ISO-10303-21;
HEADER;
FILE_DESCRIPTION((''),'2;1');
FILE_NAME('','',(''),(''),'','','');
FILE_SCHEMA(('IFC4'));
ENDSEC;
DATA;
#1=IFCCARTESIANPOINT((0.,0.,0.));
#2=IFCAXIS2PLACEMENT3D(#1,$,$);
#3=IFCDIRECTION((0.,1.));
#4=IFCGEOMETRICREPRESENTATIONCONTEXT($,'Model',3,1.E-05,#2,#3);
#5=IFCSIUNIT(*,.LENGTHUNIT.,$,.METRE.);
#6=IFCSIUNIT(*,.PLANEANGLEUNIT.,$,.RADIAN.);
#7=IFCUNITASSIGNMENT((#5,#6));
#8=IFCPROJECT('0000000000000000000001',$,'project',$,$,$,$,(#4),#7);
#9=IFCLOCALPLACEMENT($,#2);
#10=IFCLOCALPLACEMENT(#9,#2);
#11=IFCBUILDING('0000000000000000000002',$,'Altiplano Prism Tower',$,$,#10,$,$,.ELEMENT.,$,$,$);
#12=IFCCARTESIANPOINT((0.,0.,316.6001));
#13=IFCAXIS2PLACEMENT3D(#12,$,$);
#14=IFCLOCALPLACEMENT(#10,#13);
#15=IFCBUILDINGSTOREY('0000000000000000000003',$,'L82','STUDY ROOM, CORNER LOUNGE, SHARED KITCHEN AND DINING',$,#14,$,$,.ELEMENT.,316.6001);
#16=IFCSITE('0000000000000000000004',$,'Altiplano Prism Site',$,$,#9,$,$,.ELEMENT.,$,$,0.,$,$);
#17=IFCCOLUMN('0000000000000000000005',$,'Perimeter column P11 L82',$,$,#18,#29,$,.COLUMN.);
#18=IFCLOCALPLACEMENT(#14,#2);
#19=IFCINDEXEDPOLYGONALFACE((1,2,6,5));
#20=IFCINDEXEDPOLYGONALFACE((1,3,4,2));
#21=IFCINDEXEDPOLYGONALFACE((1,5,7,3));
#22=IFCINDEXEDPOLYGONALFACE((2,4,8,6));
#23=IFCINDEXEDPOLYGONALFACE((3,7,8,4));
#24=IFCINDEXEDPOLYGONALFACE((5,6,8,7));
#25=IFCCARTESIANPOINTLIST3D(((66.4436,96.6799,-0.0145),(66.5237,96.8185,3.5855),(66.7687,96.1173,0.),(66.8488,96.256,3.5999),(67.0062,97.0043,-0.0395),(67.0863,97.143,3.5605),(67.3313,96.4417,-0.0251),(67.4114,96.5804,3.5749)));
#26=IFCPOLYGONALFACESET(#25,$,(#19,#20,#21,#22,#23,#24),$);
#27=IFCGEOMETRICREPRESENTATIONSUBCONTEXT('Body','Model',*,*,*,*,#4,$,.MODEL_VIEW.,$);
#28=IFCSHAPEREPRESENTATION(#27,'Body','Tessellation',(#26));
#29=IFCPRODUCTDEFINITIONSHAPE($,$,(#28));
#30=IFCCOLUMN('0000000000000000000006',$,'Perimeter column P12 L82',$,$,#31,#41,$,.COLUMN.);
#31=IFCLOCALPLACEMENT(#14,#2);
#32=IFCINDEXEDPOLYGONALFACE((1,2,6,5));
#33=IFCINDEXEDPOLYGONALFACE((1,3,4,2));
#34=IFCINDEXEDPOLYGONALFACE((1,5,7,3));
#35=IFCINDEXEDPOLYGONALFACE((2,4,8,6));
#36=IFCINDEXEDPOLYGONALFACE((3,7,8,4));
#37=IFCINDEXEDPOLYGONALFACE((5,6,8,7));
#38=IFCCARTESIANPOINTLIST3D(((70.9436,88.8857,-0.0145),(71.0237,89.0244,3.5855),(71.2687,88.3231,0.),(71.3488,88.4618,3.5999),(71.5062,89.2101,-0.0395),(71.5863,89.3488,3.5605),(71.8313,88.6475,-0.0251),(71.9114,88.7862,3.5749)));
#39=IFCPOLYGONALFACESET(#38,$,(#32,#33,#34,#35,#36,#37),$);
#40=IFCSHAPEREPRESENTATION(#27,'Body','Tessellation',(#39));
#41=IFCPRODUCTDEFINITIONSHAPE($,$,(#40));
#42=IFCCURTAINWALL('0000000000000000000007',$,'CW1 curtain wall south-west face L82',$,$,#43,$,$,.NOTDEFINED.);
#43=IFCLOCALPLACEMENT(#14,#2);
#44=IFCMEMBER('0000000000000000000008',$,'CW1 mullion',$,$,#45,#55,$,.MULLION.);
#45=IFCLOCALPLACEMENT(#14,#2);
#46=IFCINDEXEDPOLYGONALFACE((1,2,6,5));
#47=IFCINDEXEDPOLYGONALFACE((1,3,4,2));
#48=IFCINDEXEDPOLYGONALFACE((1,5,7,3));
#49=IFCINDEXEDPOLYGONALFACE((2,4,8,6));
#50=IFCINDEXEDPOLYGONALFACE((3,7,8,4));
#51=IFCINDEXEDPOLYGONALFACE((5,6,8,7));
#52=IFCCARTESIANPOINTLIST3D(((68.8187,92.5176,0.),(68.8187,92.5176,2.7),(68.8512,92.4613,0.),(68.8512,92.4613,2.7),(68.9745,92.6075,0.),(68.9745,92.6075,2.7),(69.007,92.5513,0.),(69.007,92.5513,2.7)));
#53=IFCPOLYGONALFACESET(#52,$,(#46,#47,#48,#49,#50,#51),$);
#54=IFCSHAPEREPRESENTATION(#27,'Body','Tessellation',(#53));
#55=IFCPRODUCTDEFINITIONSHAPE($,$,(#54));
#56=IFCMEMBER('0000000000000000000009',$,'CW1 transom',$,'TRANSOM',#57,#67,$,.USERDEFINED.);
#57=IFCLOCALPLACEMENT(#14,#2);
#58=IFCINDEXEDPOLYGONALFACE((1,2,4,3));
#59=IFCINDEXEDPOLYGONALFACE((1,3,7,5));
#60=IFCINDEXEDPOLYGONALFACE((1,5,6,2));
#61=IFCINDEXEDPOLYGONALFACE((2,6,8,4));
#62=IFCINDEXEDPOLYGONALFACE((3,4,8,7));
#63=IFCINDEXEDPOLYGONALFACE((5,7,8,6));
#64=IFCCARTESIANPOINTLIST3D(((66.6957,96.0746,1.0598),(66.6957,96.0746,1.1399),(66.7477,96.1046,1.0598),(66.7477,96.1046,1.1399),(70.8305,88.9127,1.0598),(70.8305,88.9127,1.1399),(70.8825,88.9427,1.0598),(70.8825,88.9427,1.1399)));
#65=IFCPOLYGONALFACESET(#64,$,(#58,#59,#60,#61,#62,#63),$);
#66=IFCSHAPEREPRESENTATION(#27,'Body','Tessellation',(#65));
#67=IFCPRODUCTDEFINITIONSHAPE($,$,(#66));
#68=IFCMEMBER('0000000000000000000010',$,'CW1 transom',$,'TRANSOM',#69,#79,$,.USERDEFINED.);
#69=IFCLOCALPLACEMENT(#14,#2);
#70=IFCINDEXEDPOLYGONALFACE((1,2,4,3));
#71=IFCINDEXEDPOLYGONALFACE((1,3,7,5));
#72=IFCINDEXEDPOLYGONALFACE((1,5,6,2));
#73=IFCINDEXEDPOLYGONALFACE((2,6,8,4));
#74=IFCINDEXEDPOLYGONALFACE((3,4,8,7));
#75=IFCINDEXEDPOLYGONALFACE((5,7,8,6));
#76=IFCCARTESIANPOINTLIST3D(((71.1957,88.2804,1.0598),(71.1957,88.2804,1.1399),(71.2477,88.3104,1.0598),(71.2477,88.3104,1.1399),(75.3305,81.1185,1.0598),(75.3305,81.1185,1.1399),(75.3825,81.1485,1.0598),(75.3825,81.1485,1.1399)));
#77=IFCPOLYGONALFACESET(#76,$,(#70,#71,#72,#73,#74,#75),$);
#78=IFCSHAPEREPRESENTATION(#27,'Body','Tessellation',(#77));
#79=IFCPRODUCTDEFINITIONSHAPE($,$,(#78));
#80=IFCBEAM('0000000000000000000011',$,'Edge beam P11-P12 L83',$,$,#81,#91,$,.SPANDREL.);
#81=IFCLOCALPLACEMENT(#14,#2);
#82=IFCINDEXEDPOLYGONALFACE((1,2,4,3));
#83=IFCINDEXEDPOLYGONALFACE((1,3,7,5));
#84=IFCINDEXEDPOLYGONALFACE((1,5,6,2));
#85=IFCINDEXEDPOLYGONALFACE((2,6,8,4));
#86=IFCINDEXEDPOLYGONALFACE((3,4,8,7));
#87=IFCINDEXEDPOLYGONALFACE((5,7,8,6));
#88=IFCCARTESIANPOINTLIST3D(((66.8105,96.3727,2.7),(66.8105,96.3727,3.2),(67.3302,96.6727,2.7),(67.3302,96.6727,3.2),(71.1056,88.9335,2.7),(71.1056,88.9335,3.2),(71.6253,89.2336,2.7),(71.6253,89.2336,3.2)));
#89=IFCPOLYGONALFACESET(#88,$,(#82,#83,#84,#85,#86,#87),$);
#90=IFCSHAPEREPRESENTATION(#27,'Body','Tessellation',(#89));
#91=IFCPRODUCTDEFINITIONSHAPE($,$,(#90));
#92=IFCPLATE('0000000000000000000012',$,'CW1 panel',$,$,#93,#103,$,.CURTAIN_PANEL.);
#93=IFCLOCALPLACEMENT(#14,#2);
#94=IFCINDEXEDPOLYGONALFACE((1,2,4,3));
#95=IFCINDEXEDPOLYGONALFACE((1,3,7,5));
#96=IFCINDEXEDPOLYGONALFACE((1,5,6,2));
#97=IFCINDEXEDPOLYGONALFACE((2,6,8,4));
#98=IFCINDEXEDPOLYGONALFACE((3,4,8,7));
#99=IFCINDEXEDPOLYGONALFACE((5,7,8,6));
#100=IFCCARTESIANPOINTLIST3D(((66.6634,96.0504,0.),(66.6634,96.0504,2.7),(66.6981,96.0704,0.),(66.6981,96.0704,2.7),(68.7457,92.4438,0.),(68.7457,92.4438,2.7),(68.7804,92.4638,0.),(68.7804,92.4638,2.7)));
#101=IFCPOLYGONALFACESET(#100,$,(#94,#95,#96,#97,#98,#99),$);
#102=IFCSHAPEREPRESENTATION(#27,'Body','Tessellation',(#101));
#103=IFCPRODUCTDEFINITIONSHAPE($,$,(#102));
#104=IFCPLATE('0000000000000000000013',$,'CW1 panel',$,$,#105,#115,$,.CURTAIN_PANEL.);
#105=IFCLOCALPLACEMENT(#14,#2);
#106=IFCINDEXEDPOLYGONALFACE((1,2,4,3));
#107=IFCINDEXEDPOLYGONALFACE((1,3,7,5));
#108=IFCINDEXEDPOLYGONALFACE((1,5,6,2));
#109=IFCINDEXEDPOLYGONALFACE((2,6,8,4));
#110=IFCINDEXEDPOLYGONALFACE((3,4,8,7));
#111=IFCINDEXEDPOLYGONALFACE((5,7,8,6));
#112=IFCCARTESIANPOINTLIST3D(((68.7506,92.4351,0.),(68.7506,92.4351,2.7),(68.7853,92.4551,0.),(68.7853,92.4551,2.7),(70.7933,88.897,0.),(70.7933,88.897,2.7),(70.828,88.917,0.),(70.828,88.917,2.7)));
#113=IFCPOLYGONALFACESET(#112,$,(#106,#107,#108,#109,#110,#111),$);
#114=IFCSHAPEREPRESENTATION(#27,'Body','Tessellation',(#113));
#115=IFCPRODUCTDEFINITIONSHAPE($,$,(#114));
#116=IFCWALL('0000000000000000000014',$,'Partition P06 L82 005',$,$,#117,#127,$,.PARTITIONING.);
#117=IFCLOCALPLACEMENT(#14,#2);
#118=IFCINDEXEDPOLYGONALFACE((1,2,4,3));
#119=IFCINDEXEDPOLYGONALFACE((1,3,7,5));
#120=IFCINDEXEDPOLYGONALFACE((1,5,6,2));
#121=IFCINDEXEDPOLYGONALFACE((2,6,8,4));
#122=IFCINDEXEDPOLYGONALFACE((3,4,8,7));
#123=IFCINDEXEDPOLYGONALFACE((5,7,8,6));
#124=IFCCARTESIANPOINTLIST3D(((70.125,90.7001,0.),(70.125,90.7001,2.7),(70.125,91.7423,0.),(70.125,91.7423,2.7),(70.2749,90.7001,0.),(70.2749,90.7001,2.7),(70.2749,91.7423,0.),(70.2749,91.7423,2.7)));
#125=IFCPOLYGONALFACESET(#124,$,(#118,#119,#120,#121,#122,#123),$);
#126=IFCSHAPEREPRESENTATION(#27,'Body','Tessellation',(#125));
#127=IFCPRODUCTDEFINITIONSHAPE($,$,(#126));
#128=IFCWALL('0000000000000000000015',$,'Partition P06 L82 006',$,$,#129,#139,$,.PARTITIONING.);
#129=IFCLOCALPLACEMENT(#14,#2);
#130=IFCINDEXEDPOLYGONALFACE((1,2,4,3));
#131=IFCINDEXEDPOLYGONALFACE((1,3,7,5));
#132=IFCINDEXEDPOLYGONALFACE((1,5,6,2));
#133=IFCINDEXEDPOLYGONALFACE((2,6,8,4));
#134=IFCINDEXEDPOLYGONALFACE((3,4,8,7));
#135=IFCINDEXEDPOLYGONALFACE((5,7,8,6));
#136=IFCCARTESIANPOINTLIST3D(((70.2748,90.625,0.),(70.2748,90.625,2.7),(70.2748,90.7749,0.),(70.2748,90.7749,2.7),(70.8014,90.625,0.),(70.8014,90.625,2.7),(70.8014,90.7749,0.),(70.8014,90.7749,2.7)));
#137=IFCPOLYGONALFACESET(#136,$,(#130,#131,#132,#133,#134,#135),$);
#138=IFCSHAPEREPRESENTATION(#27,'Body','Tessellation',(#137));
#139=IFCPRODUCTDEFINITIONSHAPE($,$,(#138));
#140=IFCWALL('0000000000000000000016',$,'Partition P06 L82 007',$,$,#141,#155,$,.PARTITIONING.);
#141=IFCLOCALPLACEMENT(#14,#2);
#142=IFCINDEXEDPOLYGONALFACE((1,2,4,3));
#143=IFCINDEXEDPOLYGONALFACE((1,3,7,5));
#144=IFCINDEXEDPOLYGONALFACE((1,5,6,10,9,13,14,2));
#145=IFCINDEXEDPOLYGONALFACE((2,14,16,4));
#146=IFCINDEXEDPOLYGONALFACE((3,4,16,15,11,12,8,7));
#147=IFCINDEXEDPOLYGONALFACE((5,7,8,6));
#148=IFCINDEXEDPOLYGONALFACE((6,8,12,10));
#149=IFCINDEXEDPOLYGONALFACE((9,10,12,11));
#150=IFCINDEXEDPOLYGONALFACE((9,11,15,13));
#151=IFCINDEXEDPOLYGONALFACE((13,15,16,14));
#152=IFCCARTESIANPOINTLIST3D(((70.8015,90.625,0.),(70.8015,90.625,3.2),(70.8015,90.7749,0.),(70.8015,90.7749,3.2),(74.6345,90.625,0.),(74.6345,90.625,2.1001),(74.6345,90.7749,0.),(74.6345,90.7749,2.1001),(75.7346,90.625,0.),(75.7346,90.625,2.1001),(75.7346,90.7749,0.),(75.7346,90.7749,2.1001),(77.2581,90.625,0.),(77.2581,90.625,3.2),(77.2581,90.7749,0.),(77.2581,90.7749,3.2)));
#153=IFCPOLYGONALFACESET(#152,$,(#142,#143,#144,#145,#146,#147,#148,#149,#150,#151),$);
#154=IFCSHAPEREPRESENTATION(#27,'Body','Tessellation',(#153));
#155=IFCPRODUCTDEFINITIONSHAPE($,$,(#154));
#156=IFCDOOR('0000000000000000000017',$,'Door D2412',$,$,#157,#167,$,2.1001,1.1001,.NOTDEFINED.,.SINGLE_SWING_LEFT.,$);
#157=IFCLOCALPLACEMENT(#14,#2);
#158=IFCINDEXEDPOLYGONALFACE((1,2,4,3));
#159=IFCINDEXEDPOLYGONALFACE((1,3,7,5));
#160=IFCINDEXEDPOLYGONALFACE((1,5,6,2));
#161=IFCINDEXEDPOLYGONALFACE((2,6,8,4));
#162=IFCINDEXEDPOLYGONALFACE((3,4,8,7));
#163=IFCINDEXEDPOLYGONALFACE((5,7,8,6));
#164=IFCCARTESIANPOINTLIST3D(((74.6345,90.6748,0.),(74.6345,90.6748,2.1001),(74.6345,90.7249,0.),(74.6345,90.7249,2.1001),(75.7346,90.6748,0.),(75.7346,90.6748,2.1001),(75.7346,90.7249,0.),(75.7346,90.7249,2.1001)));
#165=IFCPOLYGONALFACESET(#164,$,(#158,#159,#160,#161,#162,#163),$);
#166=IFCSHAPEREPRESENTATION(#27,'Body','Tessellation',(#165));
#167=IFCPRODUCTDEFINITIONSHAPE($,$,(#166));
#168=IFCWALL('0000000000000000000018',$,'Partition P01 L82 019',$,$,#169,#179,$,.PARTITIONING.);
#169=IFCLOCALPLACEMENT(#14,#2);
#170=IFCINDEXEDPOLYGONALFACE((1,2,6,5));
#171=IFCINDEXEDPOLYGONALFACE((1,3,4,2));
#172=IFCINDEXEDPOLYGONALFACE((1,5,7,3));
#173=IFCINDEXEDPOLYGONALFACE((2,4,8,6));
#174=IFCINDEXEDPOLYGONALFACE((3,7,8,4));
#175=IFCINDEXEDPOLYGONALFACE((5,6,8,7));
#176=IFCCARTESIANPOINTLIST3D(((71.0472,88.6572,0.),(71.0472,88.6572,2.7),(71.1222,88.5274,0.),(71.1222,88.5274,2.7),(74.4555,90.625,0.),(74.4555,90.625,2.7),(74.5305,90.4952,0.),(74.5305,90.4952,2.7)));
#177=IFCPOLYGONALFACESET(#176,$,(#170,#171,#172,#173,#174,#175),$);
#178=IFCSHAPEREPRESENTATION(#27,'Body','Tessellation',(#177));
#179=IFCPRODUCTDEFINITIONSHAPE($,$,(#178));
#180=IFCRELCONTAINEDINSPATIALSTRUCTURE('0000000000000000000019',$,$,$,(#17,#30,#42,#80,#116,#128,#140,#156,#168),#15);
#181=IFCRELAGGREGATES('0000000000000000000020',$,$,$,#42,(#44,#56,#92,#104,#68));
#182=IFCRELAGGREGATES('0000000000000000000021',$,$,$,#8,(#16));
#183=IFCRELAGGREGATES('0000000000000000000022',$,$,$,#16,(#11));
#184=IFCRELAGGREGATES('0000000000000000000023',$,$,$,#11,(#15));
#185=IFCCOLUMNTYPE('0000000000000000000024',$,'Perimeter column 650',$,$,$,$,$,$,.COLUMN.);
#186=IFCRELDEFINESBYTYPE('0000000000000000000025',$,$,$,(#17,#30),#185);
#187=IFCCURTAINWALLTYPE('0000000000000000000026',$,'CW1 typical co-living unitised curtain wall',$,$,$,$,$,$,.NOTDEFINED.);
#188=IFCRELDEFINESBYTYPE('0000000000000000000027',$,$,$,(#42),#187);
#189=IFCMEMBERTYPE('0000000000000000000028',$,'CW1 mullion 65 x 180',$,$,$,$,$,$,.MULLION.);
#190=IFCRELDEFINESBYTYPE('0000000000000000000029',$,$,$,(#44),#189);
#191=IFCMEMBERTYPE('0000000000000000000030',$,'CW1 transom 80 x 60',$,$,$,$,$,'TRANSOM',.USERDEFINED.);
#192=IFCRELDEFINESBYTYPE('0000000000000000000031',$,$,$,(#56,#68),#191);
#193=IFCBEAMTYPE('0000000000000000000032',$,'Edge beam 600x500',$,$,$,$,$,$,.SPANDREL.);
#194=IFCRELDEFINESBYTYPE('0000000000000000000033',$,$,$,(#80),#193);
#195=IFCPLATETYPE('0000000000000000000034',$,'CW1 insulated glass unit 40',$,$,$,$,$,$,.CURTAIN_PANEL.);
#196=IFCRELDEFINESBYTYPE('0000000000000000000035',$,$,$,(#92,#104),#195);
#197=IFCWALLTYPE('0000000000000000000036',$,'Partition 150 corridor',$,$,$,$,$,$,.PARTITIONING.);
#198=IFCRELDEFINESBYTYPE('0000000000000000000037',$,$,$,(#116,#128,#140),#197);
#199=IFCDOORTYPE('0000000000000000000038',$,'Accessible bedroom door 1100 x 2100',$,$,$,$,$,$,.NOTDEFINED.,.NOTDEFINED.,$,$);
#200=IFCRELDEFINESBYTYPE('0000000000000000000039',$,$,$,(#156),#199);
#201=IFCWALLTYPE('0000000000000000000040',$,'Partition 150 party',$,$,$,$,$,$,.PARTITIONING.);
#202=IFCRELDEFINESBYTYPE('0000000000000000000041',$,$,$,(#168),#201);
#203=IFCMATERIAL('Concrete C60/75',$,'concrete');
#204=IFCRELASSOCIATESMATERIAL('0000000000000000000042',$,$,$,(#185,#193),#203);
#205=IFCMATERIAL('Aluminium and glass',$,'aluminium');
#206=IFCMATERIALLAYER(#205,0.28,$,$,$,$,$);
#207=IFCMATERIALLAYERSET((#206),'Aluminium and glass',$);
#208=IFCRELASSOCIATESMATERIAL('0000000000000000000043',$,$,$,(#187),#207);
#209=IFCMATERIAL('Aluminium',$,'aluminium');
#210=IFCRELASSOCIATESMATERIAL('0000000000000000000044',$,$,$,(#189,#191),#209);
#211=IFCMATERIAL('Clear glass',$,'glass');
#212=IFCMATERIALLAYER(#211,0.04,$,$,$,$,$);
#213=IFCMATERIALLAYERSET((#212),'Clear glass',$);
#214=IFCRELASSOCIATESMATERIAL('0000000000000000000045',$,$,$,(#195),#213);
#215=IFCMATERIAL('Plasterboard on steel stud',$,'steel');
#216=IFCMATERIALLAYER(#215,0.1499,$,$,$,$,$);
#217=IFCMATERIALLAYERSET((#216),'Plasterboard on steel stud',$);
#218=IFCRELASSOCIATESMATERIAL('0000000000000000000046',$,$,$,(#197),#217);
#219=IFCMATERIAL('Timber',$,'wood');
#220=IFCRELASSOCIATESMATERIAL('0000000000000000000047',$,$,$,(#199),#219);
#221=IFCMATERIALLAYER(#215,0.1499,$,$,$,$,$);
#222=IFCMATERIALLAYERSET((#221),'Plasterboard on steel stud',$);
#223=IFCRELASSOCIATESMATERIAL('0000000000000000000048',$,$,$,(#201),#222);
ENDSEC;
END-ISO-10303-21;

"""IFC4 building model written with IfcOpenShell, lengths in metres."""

from ifc_helpers import new_model, si_unit, direction, frame, frame_2d, origin, origin_2d, place, context, subcontext, project, spatial, rectangle, extrude, material, layer, layer_set, material_profile, profile_set, type_object, element, fill, aggregate, save


model = new_model("IFC4")

# Units and contexts
model_context = context("Model", 3, precision=1e-05, world=origin(), true_north=direction((0.0, 1.0)))
body_context = subcontext(model_context, "Body", "Model", "MODEL_VIEW")
ifc_project = project(units=[si_unit("LENGTHUNIT", "METRE"), si_unit("PLANEANGLEUNIT", "RADIAN")], contexts=[model_context])

# Site, building, storey
site_placement = place(None, origin())
site = spatial("IfcSite", under=ifc_project, at=site_placement, Name="Altiplano Prism Site", CompositionType="ELEMENT", RefElevation=0.0)
building_placement = place(site_placement, origin())
building = spatial("IfcBuilding", under=site, at=building_placement, Name="Altiplano Prism Tower", CompositionType="ELEMENT")
storey_placement = place(building_placement, frame((0.0, 0.0, 316.6001)))
storey = spatial("IfcBuildingStorey", under=building, at=storey_placement, Name="L82", Description="STUDY ROOM, CORNER LOUNGE, SHARED KITCHEN AND DINING", CompositionType="ELEMENT", Elevation=316.6001)

# Columns
ifc_material_1 = material(Name="Concrete C60/75", Category="concrete")
ifc_material_profile_1 = material_profile(ifc_material_1, rectangle(XDim=0.6499, YDim=0.6499, at=origin_2d()), Name="Perimeter column 650")
ifc_profile_set_1 = profile_set([ifc_material_profile_1], Name="Concrete C60/75")
column_type = type_object("IfcColumnType", Name="Perimeter column 650", PredefinedType="COLUMN", material=ifc_profile_set_1)
for number, where, z_axis, x_axis, name in (
    (1, (66.8875, 96.5608, -0.0198), (0.022223, 0.038483, 0.999012), (-0.865639, -0.499187, 0.038485), "Perimeter column P11 L82"),
    (2, (71.3875, 88.7666, -0.0198), (0.022223, 0.038483, 0.999012), (-0.865639, -0.499187, 0.038485), "Perimeter column P12 L82"),
):
    element("IfcColumn", number, at=place(storey_placement, frame(where, z_axis=z_axis, x_axis=x_axis)), inside=storey, type_object=column_type, Name=name, PredefinedType="COLUMN", context=body_context, shape_type="SweptSolid", body=[
        extrude(rectangle(XDim=0.6499, YDim=0.6499, at=origin_2d()), origin(), (0.0, 0.0, 1.0), 3.6035),
    ])

# Curtain wall, members
ifc_material_2 = material(Name="Aluminium and glass", Category="aluminium")
ifc_layer_1 = layer(ifc_material_2, 0.28)
ifc_layer_set_1 = layer_set([ifc_layer_1], Name="Aluminium and glass")
curtain_wall_type = type_object("IfcCurtainWallType", Name="CW1 typical co-living unitised curtain wall", PredefinedType="NOTDEFINED", material=ifc_layer_set_1)
curtain_wall_placement = place(storey_placement, origin())
curtain_wall = element("IfcCurtainWall", 3, at=curtain_wall_placement, inside=storey, type_object=curtain_wall_type, Name="CW1 curtain wall south-west face L82", PredefinedType="NOTDEFINED")
ifc_material_3 = material(Name="Aluminium", Category="aluminium")
ifc_material_profile_2 = material_profile(ifc_material_3, rectangle(XDim=0.1799, YDim=0.0649, at=origin_2d()), Name="CW1 mullion 65 x 180")
ifc_profile_set_2 = profile_set([ifc_material_profile_2], Name="Aluminium")
member_type_1 = type_object("IfcMemberType", Name="CW1 mullion 65 x 180", PredefinedType="MULLION", material=ifc_profile_set_2)
member_1_placement = place(storey_placement, frame((68.9128, 92.5344, 0.0), z_axis=(0.0, 0.0, 1.0), x_axis=(0.866025, 0.5, 0.0)))
member_1 = element("IfcMember", 4, at=member_1_placement, type_object=member_type_1, Name="CW1 mullion", PredefinedType="MULLION", context=body_context, shape_type="SweptSolid", body=[
    extrude(rectangle(XDim=0.1799, YDim=0.0649, at=origin_2d()), origin(), (0.0, 0.0, 1.0), 2.7),
])
ifc_material_profile_3 = material_profile(ifc_material_3, rectangle(XDim=0.0601, YDim=0.0801, at=origin_2d()), Name="CW1 transom 80 x 60")
ifc_profile_set_3 = profile_set([ifc_material_profile_3], Name="Aluminium")
member_type_2 = type_object("IfcMemberType", Name="CW1 transom 80 x 60", ElementType="TRANSOM", PredefinedType="USERDEFINED", material=ifc_profile_set_3)
member_2_placement = place(storey_placement, frame((66.7217, 96.0896, 1.0999), z_axis=(0.499987, -0.866033, 0.0), x_axis=(0.866033, 0.499987, 0.0)))
member_2 = element("IfcMember", 5, at=member_2_placement, type_object=member_type_2, Name="CW1 transom", ObjectType="TRANSOM", PredefinedType="USERDEFINED", context=body_context, shape_type="SweptSolid", body=[
    extrude(rectangle(XDim=0.0601, YDim=0.0801, at=origin_2d()), origin(), (0.0, 0.0, 1.0), 8.2698),
])
member_3_placement = place(storey_placement, frame((71.2217, 88.2954, 1.0999), z_axis=(0.499987, -0.866033, 0.0), x_axis=(0.866033, 0.499987, 0.0)))
member_3 = element("IfcMember", 6, at=member_3_placement, type_object=member_type_2, Name="CW1 transom", ObjectType="TRANSOM", PredefinedType="USERDEFINED", context=body_context, shape_type="SweptSolid", body=[
    extrude(rectangle(XDim=0.0601, YDim=0.0801, at=origin_2d()), origin(), (0.0, 0.0, 1.0), 8.2698),
])

# Beam
ifc_material_profile_4 = material_profile(ifc_material_1, rectangle(XDim=0.6001, YDim=0.5, at=origin_2d()), Name="Edge beam 600x500")
ifc_profile_set_4 = profile_set([ifc_material_profile_4], Name="Concrete C60/75")
beam_type = type_object("IfcBeamType", Name="Edge beam 600x500", PredefinedType="SPANDREL", material=ifc_profile_set_4)
beam_placement = place(storey_placement, frame((67.0703, 96.5227, 2.95), z_axis=(0.500012, -0.866019, 0.0), x_axis=(0.866019, 0.500012, 0.0)))
element("IfcBeam", 7, at=beam_placement, inside=storey, type_object=beam_type, Name="Edge beam P11-P12 L83", PredefinedType="SPANDREL", context=body_context, shape_type="SweptSolid", body=[
    extrude(rectangle(XDim=0.6001, YDim=0.5, at=origin_2d()), origin(), (0.0, 0.0, 1.0), 8.5901),
])

# Plates
ifc_material_4 = material(Name="Clear glass", Category="glass")
ifc_layer_2 = layer(ifc_material_4, 0.04)
ifc_layer_set_2 = layer_set([ifc_layer_2], Name="Clear glass")
plate_type = type_object("IfcPlateType", Name="CW1 insulated glass unit 40", PredefinedType="CURTAIN_PANEL", material=ifc_layer_set_2)
plate_1_placement = place(storey_placement, frame((67.7219, 94.2571, 0.0), z_axis=(0.0, 0.0, 1.0), x_axis=(0.5, -0.866025, 0.0)))
plate_1 = element("IfcPlate", 8, at=plate_1_placement, type_object=plate_type, Name="CW1 panel", PredefinedType="CURTAIN_PANEL", context=body_context, shape_type="SweptSolid", body=[
    extrude(rectangle(XDim=4.1646, YDim=0.04, at=origin_2d()), origin(), (0.0, 0.0, 1.0), 2.7),
])
plate_2_placement = place(storey_placement, frame((69.7893, 90.676, 0.0), z_axis=(0.0, 0.0, 1.0), x_axis=(0.5, -0.866025, 0.0)))
plate_2 = element("IfcPlate", 9, at=plate_2_placement, type_object=plate_type, Name="CW1 panel", PredefinedType="CURTAIN_PANEL", context=body_context, shape_type="SweptSolid", body=[
    extrude(rectangle(XDim=4.0854, YDim=0.04, at=origin_2d()), origin(), (0.0, 0.0, 1.0), 2.7),
])
aggregate(curtain_wall, [member_1, member_2, plate_1, plate_2, member_3])

# Walls
ifc_material_5 = material(Name="Plasterboard on steel stud", Category="steel")
ifc_layer_3 = layer(ifc_material_5, 0.1499)
ifc_layer_set_3 = layer_set([ifc_layer_3], Name="Plasterboard on steel stud")
wall_type_1 = type_object("IfcWallType", Name="Partition 150 corridor", PredefinedType="PARTITIONING", material=ifc_layer_set_3)
wall_1_placement = place(storey_placement, frame((70.2, 91.7422, 0.0), z_axis=(0.0, 0.0, 1.0), x_axis=(0.0, -1.0, 0.0)))
element("IfcWall", 10, at=wall_1_placement, inside=storey, type_object=wall_type_1, Name="Partition P06 L82 005", PredefinedType="PARTITIONING", context=body_context, shape_type="SweptSolid", body=[
    extrude(rectangle(XDim=1.0422, YDim=0.1499, at=frame_2d((0.521, 0.0))), origin(), (0.0, 0.0, 1.0), 2.7),
])
wall_2_placement = place(storey_placement, frame((70.2749, 90.7, 0.0), z_axis=(0.0, 0.0, 1.0), x_axis=(1.0, 0.0, 0.0)))
element("IfcWall", 11, at=wall_2_placement, inside=storey, type_object=wall_type_1, Name="Partition P06 L82 006", PredefinedType="PARTITIONING", context=body_context, shape_type="SweptSolid", body=[
    extrude(rectangle(XDim=0.5266, YDim=0.1499, at=frame_2d((0.2632, 0.0))), origin(), (0.0, 0.0, 1.0), 2.7),
])

# Wall, opening, door
wall_3_placement = place(storey_placement, frame((70.8015, 90.7, 0.0), z_axis=(0.0, 0.0, 1.0), x_axis=(1.0, 0.0, 0.0)))
wall_3 = element("IfcWall", 12, at=wall_3_placement, inside=storey, type_object=wall_type_1, Name="Partition P06 L82 007", PredefinedType="PARTITIONING", context=body_context, shape_type="SweptSolid", body=[
    extrude(rectangle(XDim=6.4565, YDim=0.1499, at=frame_2d((3.2283, 0.0))), origin(), (0.0, 0.0, 1.0), 3.2),
])
opening_placement = place(wall_3_placement, frame((3.833, 0.0, 0.0)))
opening = element("IfcOpeningElement", 13, at=opening_placement, cuts=wall_3, PredefinedType="OPENING", context=body_context, shape_type="SweptSolid", body=[
    extrude(rectangle(XDim=1.1001, YDim=2.1001, at=frame_2d((0.55, 1.05))), frame((0.0, 0.0854, 0.0), z_axis=(0.0, -1.0, 0.0), x_axis=(1.0, 0.0, 0.0)), (0.0, 0.0, 1.0), 0.1709),
])
ifc_material_6 = material(Name="Timber", Category="wood")
door_type = type_object("IfcDoorType", Name="Accessible bedroom door 1100 x 2100", OperationType="NOTDEFINED", PredefinedType="NOTDEFINED", material=ifc_material_6)
door_placement = place(opening_placement, origin())
door = element("IfcDoor", 14, at=door_placement, inside=storey, type_object=door_type, Name="Door D2412", OperationType="SINGLE_SWING_LEFT", OverallHeight=2.1001, OverallWidth=1.1001, PredefinedType="NOTDEFINED", context=body_context, shape_type="SweptSolid", body=[
    extrude(rectangle(XDim=1.1001, YDim=2.1001, at=frame_2d((0.55, 1.05))), frame((0.0, 0.0249, 0.0), z_axis=(0.0, -1.0, 0.0), x_axis=(1.0, 0.0, 0.0)), (0.0, 0.0, 1.0), 0.05),
])
fill(opening, door)

# Wall
ifc_layer_4 = layer(ifc_material_5, 0.1499)
ifc_layer_set_4 = layer_set([ifc_layer_4], Name="Plasterboard on steel stud")
wall_type_2 = type_object("IfcWallType", Name="Partition 150 party", PredefinedType="PARTITIONING", material=ifc_layer_set_4)
wall_4_placement = place(storey_placement, frame((71.0847, 88.5923, 0.0), z_axis=(0.0, 0.0, 1.0), x_axis=(0.86602, 0.500009, 0.0)))
element("IfcWall", 15, at=wall_4_placement, inside=storey, type_object=wall_type_2, Name="Partition P01 L82 019", PredefinedType="PARTITIONING", context=body_context, shape_type="SweptSolid", body=[
    extrude(rectangle(XDim=3.9355, YDim=0.1499, at=frame_2d((1.9678, 0.0))), origin(), (0.0, 0.0, 1.0), 2.7),
])

save(model, "model.ifc")
